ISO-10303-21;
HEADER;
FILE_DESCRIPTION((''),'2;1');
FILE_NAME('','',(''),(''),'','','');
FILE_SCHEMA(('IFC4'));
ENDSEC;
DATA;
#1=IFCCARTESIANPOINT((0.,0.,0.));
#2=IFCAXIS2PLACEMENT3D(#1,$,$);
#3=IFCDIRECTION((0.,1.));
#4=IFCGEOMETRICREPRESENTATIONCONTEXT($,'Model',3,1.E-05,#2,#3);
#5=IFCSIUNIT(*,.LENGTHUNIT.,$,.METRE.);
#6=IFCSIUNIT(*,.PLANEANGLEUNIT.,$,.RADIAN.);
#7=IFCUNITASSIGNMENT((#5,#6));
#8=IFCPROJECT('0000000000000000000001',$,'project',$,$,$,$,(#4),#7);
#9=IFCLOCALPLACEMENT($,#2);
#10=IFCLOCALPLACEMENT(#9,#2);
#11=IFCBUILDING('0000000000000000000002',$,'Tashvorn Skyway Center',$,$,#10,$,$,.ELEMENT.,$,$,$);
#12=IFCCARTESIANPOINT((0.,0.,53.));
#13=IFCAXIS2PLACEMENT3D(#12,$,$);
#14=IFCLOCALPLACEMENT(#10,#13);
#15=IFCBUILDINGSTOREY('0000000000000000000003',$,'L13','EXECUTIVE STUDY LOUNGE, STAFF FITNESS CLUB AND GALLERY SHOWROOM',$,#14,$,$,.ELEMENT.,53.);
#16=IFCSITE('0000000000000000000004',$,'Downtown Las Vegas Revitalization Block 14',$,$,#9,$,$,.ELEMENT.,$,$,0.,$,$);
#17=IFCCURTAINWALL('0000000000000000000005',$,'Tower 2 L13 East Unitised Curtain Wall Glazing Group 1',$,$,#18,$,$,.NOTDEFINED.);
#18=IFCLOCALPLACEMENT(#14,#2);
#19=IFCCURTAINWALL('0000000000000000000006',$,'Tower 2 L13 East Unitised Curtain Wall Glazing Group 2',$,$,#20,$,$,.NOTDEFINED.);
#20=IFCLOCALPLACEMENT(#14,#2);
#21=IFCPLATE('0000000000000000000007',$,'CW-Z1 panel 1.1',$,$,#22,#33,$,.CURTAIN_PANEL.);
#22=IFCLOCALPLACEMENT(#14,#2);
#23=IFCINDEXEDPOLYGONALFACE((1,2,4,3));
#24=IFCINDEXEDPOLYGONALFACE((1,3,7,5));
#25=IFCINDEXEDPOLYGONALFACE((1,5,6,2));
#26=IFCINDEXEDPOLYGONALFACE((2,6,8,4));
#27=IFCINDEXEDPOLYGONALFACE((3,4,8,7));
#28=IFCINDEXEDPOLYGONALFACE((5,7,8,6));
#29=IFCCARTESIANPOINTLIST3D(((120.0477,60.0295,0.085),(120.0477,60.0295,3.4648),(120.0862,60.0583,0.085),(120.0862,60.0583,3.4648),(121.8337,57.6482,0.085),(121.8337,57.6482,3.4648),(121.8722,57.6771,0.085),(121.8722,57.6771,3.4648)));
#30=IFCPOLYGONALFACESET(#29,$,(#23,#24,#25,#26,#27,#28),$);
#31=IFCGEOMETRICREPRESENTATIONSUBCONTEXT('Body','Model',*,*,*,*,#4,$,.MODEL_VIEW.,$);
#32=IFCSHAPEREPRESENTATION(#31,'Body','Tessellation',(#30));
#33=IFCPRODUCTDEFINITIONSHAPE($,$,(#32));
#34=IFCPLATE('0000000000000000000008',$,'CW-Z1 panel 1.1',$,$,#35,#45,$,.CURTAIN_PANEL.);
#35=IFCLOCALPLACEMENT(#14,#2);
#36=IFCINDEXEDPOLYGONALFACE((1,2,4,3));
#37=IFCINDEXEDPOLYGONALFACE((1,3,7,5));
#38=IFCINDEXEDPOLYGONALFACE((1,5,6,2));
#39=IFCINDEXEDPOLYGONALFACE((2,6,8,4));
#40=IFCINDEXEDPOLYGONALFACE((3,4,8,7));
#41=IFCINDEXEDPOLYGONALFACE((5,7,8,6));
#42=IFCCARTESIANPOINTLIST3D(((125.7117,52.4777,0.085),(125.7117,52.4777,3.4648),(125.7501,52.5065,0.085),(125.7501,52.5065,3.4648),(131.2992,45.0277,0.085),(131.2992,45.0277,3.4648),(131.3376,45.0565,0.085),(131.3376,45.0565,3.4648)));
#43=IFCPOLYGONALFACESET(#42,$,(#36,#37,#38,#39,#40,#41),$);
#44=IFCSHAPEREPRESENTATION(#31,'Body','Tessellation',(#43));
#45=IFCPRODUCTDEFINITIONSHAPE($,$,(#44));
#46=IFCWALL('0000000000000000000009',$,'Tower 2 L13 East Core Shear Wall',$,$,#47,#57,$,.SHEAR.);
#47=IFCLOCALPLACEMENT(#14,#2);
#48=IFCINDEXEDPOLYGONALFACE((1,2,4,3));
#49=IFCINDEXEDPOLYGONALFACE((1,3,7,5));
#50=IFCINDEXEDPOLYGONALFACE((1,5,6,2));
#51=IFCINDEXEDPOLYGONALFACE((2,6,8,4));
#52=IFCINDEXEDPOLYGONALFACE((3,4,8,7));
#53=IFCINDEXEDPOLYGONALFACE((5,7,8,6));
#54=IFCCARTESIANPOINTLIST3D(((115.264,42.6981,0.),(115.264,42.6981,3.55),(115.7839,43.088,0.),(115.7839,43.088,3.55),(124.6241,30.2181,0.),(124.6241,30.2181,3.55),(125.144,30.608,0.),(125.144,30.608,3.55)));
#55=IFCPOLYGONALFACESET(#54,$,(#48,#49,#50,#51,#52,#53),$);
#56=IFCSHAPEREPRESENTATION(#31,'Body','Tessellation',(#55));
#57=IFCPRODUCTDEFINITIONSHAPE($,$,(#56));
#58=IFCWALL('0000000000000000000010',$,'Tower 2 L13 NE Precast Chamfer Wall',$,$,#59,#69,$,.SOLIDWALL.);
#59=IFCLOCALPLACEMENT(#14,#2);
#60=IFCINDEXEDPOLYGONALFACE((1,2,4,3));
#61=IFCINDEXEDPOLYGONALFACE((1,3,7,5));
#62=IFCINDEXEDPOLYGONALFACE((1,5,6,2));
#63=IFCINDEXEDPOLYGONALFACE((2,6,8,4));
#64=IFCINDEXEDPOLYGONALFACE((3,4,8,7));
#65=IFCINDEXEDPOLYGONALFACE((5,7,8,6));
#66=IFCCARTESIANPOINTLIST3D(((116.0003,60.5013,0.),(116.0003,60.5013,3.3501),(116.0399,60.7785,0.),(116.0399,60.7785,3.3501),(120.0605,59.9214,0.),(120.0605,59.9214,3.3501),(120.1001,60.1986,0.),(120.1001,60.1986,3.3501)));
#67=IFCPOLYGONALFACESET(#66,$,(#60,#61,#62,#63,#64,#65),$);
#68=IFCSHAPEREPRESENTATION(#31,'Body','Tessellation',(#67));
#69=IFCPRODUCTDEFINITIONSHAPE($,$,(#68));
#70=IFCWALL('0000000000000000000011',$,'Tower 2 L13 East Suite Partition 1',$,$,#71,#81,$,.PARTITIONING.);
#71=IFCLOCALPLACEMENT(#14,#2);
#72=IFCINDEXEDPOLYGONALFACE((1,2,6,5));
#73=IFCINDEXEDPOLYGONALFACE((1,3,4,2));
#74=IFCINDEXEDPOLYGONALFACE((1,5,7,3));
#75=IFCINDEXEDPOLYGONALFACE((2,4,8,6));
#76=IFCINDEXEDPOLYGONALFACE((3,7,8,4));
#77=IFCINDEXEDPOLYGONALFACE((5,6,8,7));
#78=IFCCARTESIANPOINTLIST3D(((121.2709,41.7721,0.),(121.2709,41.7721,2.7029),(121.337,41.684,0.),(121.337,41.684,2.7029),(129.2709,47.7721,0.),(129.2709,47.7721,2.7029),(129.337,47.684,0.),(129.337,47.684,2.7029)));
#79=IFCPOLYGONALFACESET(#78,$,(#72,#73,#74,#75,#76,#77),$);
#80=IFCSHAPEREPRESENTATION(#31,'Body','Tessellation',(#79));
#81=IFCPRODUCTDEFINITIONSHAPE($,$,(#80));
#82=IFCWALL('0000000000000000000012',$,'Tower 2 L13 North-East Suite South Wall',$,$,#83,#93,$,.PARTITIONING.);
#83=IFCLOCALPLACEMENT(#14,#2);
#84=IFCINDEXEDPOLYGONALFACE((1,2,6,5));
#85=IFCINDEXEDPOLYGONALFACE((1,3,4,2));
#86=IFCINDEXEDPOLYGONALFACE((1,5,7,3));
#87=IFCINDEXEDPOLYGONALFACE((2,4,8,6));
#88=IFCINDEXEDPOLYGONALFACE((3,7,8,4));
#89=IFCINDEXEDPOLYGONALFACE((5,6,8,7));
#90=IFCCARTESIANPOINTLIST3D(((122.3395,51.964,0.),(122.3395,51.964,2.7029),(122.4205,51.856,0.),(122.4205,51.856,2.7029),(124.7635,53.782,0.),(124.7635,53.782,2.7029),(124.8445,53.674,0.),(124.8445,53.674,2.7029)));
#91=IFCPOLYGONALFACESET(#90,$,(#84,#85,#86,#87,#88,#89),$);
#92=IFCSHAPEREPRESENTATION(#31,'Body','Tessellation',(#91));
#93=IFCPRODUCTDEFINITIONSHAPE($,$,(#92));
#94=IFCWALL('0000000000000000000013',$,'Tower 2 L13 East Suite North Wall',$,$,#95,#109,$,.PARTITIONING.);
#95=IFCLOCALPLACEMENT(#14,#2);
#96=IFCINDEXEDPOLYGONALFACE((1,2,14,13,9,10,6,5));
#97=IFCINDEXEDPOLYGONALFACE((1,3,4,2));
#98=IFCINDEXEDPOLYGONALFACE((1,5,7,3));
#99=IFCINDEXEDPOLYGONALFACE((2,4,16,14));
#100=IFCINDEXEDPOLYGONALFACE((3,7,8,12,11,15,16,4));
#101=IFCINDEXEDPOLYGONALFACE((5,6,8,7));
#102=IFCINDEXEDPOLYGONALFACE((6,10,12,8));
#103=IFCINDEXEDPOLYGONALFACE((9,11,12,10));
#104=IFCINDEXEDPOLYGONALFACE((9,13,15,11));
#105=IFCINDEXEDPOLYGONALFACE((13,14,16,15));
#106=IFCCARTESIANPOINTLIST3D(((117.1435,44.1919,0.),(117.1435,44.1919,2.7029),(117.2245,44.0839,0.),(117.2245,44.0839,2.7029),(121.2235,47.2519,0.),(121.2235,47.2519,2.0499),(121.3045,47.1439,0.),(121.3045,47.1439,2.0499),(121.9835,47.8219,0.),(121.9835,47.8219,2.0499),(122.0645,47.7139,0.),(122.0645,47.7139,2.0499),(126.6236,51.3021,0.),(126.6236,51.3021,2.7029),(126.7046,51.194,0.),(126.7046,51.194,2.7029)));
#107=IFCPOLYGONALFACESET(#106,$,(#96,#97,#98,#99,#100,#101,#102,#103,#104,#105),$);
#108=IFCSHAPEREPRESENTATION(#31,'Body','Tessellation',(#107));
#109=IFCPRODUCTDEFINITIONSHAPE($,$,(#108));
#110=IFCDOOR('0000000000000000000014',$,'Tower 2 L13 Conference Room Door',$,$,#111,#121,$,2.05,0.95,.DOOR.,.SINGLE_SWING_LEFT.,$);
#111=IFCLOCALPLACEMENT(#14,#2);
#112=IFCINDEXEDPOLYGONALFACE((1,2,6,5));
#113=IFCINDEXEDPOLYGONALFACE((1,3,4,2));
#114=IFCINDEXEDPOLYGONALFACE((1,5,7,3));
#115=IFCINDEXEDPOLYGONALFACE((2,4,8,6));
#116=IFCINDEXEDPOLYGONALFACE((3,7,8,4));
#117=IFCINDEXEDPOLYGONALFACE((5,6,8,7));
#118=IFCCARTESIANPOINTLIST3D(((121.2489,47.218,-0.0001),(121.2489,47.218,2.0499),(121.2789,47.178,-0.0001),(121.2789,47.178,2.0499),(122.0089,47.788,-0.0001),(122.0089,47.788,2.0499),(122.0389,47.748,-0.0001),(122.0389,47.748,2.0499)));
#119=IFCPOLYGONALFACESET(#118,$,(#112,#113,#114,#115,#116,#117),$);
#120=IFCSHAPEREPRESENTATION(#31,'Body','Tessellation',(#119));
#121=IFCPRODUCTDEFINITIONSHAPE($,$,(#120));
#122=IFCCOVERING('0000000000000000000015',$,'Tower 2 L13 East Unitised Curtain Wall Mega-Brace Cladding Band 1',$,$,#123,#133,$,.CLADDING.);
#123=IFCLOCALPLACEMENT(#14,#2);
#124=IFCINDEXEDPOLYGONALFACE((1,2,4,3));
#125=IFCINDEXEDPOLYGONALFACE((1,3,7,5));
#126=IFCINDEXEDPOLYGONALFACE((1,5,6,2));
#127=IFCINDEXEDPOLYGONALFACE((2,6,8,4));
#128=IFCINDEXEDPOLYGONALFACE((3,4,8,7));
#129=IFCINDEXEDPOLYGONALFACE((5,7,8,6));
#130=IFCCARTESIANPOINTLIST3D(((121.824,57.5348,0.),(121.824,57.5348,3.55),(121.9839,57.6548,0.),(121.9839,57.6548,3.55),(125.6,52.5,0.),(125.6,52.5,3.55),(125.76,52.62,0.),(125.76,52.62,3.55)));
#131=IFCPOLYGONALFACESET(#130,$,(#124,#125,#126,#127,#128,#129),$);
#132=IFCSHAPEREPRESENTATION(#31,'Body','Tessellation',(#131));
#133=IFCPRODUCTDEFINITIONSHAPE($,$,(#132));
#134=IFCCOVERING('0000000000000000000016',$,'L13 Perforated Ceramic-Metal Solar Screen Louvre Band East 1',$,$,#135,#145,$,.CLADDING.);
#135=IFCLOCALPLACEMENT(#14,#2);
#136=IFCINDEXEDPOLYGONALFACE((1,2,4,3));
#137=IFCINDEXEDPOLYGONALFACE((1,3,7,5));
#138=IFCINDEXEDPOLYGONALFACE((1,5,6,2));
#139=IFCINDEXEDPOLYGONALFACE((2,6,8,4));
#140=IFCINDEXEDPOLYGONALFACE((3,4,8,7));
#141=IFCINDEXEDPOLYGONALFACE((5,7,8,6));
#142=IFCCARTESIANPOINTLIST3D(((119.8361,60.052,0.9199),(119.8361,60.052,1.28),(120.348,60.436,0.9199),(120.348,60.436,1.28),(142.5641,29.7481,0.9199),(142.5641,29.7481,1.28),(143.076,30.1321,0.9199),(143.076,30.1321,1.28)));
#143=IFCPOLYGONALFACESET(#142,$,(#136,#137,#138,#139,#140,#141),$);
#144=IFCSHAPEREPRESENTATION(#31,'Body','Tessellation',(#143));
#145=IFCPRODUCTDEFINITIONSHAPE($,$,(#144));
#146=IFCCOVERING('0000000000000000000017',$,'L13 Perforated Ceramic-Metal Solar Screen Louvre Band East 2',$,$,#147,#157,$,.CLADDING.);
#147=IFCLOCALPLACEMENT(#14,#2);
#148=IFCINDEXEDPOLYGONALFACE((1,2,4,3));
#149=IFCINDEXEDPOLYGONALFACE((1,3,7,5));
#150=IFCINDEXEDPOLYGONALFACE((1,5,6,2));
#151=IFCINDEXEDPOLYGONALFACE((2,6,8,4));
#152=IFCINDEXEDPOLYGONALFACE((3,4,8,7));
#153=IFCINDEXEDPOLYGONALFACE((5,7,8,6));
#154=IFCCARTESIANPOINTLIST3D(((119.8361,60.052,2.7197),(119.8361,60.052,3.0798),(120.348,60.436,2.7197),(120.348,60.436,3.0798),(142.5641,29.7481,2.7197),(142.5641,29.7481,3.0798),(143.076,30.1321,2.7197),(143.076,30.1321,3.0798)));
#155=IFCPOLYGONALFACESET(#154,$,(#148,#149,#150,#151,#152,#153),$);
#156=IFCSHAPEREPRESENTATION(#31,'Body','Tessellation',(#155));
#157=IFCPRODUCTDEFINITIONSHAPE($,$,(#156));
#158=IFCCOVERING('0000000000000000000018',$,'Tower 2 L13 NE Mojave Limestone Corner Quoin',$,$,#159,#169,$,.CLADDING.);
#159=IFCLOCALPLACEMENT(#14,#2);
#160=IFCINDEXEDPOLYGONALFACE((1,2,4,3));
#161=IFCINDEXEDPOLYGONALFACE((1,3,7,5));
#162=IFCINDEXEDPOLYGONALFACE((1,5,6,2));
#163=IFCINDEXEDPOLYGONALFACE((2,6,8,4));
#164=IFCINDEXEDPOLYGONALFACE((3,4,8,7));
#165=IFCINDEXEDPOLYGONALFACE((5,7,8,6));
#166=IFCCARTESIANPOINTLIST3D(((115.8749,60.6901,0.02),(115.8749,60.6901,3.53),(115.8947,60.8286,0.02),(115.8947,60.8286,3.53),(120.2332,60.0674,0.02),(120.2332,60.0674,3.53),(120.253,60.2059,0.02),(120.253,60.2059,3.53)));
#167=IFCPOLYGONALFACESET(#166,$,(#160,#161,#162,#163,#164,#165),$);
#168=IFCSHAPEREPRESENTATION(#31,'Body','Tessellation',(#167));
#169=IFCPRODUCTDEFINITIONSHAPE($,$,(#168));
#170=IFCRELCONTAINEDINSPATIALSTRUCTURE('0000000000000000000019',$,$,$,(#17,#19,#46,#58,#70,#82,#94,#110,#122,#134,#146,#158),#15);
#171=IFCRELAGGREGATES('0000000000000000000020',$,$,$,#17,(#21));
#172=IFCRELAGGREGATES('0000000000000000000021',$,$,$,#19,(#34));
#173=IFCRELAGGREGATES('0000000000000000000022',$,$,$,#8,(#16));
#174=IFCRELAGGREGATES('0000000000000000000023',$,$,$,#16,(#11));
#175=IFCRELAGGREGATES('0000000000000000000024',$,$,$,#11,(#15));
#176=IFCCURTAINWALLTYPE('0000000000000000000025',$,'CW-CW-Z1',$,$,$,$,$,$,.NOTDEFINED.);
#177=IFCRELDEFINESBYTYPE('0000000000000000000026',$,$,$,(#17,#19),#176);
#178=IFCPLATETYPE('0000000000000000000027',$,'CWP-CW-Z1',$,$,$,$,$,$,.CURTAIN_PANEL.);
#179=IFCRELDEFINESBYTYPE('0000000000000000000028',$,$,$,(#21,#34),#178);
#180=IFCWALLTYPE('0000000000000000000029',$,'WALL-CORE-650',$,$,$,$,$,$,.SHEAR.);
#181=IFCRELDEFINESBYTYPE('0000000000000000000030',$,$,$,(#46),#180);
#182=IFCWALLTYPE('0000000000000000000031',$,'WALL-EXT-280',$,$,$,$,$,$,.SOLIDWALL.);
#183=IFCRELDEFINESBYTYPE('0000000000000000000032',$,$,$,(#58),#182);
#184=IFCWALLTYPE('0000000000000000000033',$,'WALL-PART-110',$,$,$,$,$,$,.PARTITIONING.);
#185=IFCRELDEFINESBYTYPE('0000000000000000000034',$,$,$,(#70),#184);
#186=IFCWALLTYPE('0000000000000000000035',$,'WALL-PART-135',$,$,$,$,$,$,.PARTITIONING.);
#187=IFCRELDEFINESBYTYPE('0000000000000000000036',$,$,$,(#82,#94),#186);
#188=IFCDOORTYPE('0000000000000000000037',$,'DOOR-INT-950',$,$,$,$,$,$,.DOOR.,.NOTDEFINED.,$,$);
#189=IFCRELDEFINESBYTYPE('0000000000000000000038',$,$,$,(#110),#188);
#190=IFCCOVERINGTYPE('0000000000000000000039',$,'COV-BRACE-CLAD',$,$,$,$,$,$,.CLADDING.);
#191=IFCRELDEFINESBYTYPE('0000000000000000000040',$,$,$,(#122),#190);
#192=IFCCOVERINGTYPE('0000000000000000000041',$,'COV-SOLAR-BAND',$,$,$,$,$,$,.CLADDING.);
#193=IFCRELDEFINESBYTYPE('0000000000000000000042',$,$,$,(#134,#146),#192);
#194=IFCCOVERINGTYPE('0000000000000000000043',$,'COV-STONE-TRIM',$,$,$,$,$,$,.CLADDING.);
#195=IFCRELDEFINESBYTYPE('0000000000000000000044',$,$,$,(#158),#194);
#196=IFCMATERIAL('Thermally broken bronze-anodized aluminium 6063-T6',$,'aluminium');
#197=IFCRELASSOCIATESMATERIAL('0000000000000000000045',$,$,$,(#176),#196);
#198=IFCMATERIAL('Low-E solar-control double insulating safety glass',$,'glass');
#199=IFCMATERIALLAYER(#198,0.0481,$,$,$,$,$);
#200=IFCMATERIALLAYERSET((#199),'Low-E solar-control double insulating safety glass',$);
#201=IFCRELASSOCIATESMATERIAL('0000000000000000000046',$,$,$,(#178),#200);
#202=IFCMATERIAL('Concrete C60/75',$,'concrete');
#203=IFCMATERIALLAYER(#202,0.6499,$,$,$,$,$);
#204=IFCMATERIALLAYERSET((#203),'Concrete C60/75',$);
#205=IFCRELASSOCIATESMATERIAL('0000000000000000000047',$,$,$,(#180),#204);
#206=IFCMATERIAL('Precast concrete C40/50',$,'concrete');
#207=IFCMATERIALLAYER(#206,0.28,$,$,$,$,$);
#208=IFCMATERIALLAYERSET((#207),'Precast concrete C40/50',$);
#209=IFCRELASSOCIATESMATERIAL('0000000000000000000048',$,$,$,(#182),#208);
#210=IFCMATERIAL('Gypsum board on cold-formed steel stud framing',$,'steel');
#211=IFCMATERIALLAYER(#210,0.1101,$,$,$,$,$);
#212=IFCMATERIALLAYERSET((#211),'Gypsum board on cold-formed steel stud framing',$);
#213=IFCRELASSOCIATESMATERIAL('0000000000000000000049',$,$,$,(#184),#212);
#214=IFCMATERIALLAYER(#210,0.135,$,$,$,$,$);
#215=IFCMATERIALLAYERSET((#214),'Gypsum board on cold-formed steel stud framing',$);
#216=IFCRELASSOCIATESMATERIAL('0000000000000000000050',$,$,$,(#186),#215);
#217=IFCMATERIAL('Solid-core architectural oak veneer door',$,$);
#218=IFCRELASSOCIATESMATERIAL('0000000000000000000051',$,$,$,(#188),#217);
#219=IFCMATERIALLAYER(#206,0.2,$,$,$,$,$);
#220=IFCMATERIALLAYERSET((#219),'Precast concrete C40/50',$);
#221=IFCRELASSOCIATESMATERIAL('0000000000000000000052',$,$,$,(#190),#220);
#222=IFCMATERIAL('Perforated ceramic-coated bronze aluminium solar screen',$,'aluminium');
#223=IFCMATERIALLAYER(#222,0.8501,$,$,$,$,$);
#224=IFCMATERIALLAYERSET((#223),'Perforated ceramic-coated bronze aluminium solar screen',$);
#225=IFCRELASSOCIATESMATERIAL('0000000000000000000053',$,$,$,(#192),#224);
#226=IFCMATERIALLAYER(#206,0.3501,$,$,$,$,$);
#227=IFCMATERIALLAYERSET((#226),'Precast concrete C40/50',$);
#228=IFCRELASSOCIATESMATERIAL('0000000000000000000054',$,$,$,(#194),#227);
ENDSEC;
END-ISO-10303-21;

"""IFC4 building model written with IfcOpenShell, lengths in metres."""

from ifc_helpers import new_model, si_unit, direction, frame, frame_2d, origin, origin_2d, place, context, subcontext, project, spatial, rectangle, extrude, material, layer, layer_set, type_object, element, fill, aggregate, save


model = new_model("IFC4")

# Units and contexts
model_context = context("Model", 3, precision=1e-05, world=origin(), true_north=direction((0.0, 1.0)))
body_context = subcontext(model_context, "Body", "Model", "MODEL_VIEW")
ifc_project = project(units=[si_unit("LENGTHUNIT", "METRE"), si_unit("PLANEANGLEUNIT", "RADIAN")], contexts=[model_context])

# Site, building, storey
site_placement = place(None, origin())
site = spatial("IfcSite", under=ifc_project, at=site_placement, Name="Downtown Las Vegas Revitalization Block 14", CompositionType="ELEMENT", RefElevation=0.0)
building_placement = place(site_placement, origin())
building = spatial("IfcBuilding", under=site, at=building_placement, Name="Tashvorn Skyway Center", CompositionType="ELEMENT")
storey_placement = place(building_placement, frame((0.0, 0.0, 53.0)))
storey = spatial("IfcBuildingStorey", under=building, at=storey_placement, Name="L13", Description="EXECUTIVE STUDY LOUNGE, STAFF FITNESS CLUB AND GALLERY SHOWROOM", CompositionType="ELEMENT", Elevation=53.0)

# Shared definitions
ifc_material_1 = material(Name="Thermally broken bronze-anodized aluminium 6063-T6", Category="aluminium")
curtain_wall_type = type_object("IfcCurtainWallType", Name="CW-CW-Z1", PredefinedType="NOTDEFINED", material=ifc_material_1)

# Curtain walls
curtain_wall_1_placement = place(storey_placement, origin())
curtain_wall_1 = element("IfcCurtainWall", 1, at=curtain_wall_1_placement, inside=storey, type_object=curtain_wall_type, Name="Tower 2 L13 East Unitised Curtain Wall Glazing Group 1", PredefinedType="NOTDEFINED")
curtain_wall_2_placement = place(storey_placement, origin())
curtain_wall_2 = element("IfcCurtainWall", 2, at=curtain_wall_2_placement, inside=storey, type_object=curtain_wall_type, Name="Tower 2 L13 East Unitised Curtain Wall Glazing Group 2", PredefinedType="NOTDEFINED")

# Plates
ifc_material_2 = material(Name="Low-E solar-control double insulating safety glass", Category="glass")
ifc_layer_1 = layer(ifc_material_2, 0.0481)
ifc_layer_set_1 = layer_set([ifc_layer_1], Name="Low-E solar-control double insulating safety glass")
plate_type = type_object("IfcPlateType", Name="CWP-CW-Z1", PredefinedType="CURTAIN_PANEL", material=ifc_layer_set_1)
plate_1_placement = place(storey_placement, frame((120.96, 58.8533, 0.085), z_axis=(0.0, 0.0, 1.0), x_axis=(0.600005, -0.799996, 0.0)))
plate_1 = element("IfcPlate", 3, at=plate_1_placement, type_object=plate_type, Name="CW-Z1 panel 1.1", PredefinedType="CURTAIN_PANEL", context=body_context, shape_type="SweptSolid", body=[
    extrude(rectangle(XDim=2.9766, YDim=0.0481, at=origin_2d()), origin(), (0.0, 0.0, 1.0), 3.3799),
])
aggregate(curtain_wall_1, [plate_1])
plate_2_placement = place(storey_placement, frame((128.5247, 48.7671, 0.085), z_axis=(0.0, 0.0, 1.0), x_axis=(0.6, -0.8, 0.0)))
plate_2 = element("IfcPlate", 4, at=plate_2_placement, type_object=plate_type, Name="CW-Z1 panel 1.1", PredefinedType="CURTAIN_PANEL", context=body_context, shape_type="SweptSolid", body=[
    extrude(rectangle(XDim=9.3125, YDim=0.0481, at=origin_2d()), origin(), (0.0, 0.0, 1.0), 3.3799),
])
aggregate(curtain_wall_2, [plate_2])

# Walls
ifc_material_3 = material(Name="Concrete C60/75", Category="concrete")
ifc_layer_2 = layer(ifc_material_3, 0.6499)
ifc_layer_set_2 = layer_set([ifc_layer_2], Name="Concrete C60/75")
wall_type_1 = type_object("IfcWallType", Name="WALL-CORE-650", PredefinedType="SHEAR", material=ifc_layer_set_2)
wall_1_placement = place(storey_placement, frame((115.5239, 42.8931, 0.0), z_axis=(0.0, 0.0, 1.0), x_axis=(0.600005, -0.799996, 0.0)))
element("IfcWall", 5, at=wall_1_placement, inside=storey, type_object=wall_type_1, Name="Tower 2 L13 East Core Shear Wall", PredefinedType="SHEAR", context=body_context, shape_type="SweptSolid", body=[
    extrude(rectangle(XDim=15.6001, YDim=0.6499, at=frame_2d((7.8, 0.0))), origin(), (0.0, 0.0, 1.0), 3.55),
])
ifc_material_4 = material(Name="Precast concrete C40/50", Category="concrete")
ifc_layer_3 = layer(ifc_material_4, 0.28)
ifc_layer_set_3 = layer_set([ifc_layer_3], Name="Precast concrete C40/50")
wall_type_2 = type_object("IfcWallType", Name="WALL-EXT-280", PredefinedType="SOLIDWALL", material=ifc_layer_set_3)
wall_2_placement = place(storey_placement, frame((116.02, 60.6399, 0.0), z_axis=(0.0, 0.0, 1.0), x_axis=(0.989955, -0.14138, 0.0)))
element("IfcWall", 6, at=wall_2_placement, inside=storey, type_object=wall_type_2, Name="Tower 2 L13 NE Precast Chamfer Wall", PredefinedType="SOLIDWALL", context=body_context, shape_type="SweptSolid", body=[
    extrude(rectangle(XDim=4.1013, YDim=0.28, at=frame_2d((2.0508, 0.0))), origin(), (0.0, 0.0, 1.0), 3.3501),
])
ifc_material_5 = material(Name="Gypsum board on cold-formed steel stud framing", Category="steel")
ifc_layer_4 = layer(ifc_material_5, 0.1101)
ifc_layer_set_4 = layer_set([ifc_layer_4], Name="Gypsum board on cold-formed steel stud framing")
wall_type_3 = type_object("IfcWallType", Name="WALL-PART-110", PredefinedType="PARTITIONING", material=ifc_layer_set_4)
wall_3_placement = place(storey_placement, frame((129.304, 47.728, 0.0), z_axis=(0.0, 0.0, 1.0), x_axis=(-0.8, -0.6, 0.0)))
element("IfcWall", 7, at=wall_3_placement, inside=storey, type_object=wall_type_3, Name="Tower 2 L13 East Suite Partition 1", PredefinedType="PARTITIONING", context=body_context, shape_type="SweptSolid", body=[
    extrude(rectangle(XDim=10.0, YDim=0.1101, at=frame_2d((5.0, 0.0))), origin(), (0.0, 0.0, 1.0), 2.7029),
])
ifc_layer_5 = layer(ifc_material_5, 0.135)
ifc_layer_set_5 = layer_set([ifc_layer_5], Name="Gypsum board on cold-formed steel stud framing")
wall_type_4 = type_object("IfcWallType", Name="WALL-PART-135", PredefinedType="PARTITIONING", material=ifc_layer_set_5)
wall_4_placement = place(storey_placement, frame((122.3799, 51.9099, 0.0), z_axis=(0.0, 0.0, 1.0), x_axis=(0.79999, 0.600013, 0.0)))
element("IfcWall", 8, at=wall_4_placement, inside=storey, type_object=wall_type_4, Name="Tower 2 L13 North-East Suite South Wall", PredefinedType="PARTITIONING", context=body_context, shape_type="SweptSolid", body=[
    extrude(rectangle(XDim=3.03, YDim=0.135, at=frame_2d((1.5151, 0.0))), origin(), (0.0, 0.0, 1.0), 2.7029),
])

# Wall, opening, door
wall_5_placement = place(storey_placement, frame((126.6641, 51.248, 0.0), z_axis=(0.0, 0.0, 1.0), x_axis=(-0.799995, -0.600007, 0.0)))
wall_5 = element("IfcWall", 9, at=wall_5_placement, inside=storey, type_object=wall_type_4, Name="Tower 2 L13 East Suite North Wall", PredefinedType="PARTITIONING", context=body_context, shape_type="SweptSolid", body=[
    extrude(rectangle(XDim=11.8501, YDim=0.135, at=frame_2d((5.925, 0.0))), origin(), (0.0, 0.0, 1.0), 2.7029),
])
opening_placement = place(wall_5_placement, frame((5.8, 0.0, 0.0)))
opening = element("IfcOpeningElement", 10, at=opening_placement, cuts=wall_5, PredefinedType="OPENING", context=body_context, shape_type="SweptSolid", body=[
    extrude(rectangle(XDim=0.95, YDim=2.05, at=frame_2d((0.4751, 1.0249))), frame((0.0, 0.0774, 0.0), z_axis=(0.0, -1.0, 0.0), x_axis=(1.0, 0.0, 0.0)), (0.0, 0.0, 1.0), 0.155),
])
ifc_material_6 = material(Name="Solid-core architectural oak veneer door")
door_type = type_object("IfcDoorType", Name="DOOR-INT-950", OperationType="NOTDEFINED", PredefinedType="DOOR", material=ifc_material_6)
door_placement = place(opening_placement, origin())
door = element("IfcDoor", 11, at=door_placement, inside=storey, type_object=door_type, Name="Tower 2 L13 Conference Room Door", OperationType="SINGLE_SWING_LEFT", OverallHeight=2.05, OverallWidth=0.95, PredefinedType="DOOR", context=body_context, shape_type="SweptSolid", body=[
    extrude(rectangle(XDim=0.95, YDim=2.05, at=frame_2d((0.4751, 1.0249))), frame((0.0, 0.0249, 0.0), z_axis=(0.0, -1.0, 0.0), x_axis=(1.0, 0.0, 0.0)), (0.0, 0.0, 1.0), 0.05),
])
fill(opening, door)

# Coverings
ifc_layer_6 = layer(ifc_material_4, 0.2)
ifc_layer_set_6 = layer_set([ifc_layer_6], Name="Precast concrete C40/50")
covering_type_1 = type_object("IfcCoveringType", Name="COV-BRACE-CLAD", PredefinedType="CLADDING", material=ifc_layer_set_6)
covering_1_placement = place(storey_placement, frame((123.792, 55.0774, 0.0), z_axis=(0.0, 0.0, 1.0), x_axis=(0.6, -0.8, 0.0)))
element("IfcCovering", 12, at=covering_1_placement, inside=storey, type_object=covering_type_1, Name="Tower 2 L13 East Unitised Curtain Wall Mega-Brace Cladding Band 1", PredefinedType="CLADDING", context=body_context, shape_type="SweptSolid", body=[
    extrude(rectangle(XDim=6.2935, YDim=0.2, at=origin_2d()), origin(), (0.0, 0.0, 1.0), 3.55),
])
ifc_material_7 = material(Name="Perforated ceramic-coated bronze aluminium solar screen", Category="aluminium")
ifc_layer_7 = layer(ifc_material_7, 0.8501)
ifc_layer_set_7 = layer_set([ifc_layer_7], Name="Perforated ceramic-coated bronze aluminium solar screen")
covering_type_2 = type_object("IfcCoveringType", Name="COV-SOLAR-BAND", PredefinedType="CLADDING", material=ifc_layer_set_7)
for number, where, z_axis, x_axis, name in (
    (13, (131.4561, 45.092, 0.9199), (0.0, 0.0, 1.0), (0.6, -0.8, 0.0), "L13 Perforated Ceramic-Metal Solar Screen Louvre Band East 1"),
    (14, (131.4561, 45.092, 2.7197), (0.0, 0.0, 1.0), (0.6, -0.8, 0.0), "L13 Perforated Ceramic-Metal Solar Screen Louvre Band East 2"),
):
    element("IfcCovering", number, at=place(storey_placement, frame(where, z_axis=z_axis, x_axis=x_axis)), inside=storey, type_object=covering_type_2, Name=name, PredefinedType="CLADDING", context=body_context, shape_type="SweptSolid", body=[
        extrude(rectangle(XDim=37.8799, YDim=0.6399, at=origin_2d()), origin(), (0.0, 0.0, 1.0), 0.3601),
    ])
ifc_layer_8 = layer(ifc_material_4, 0.3501)
ifc_layer_set_8 = layer_set([ifc_layer_8], Name="Precast concrete C40/50")
covering_type_3 = type_object("IfcCoveringType", Name="COV-STONE-TRIM", PredefinedType="CLADDING", material=ifc_layer_set_8)
covering_2_placement = place(storey_placement, frame((118.064, 60.448, 0.02), z_axis=(0.0, 0.0, 1.0), x_axis=(0.989949, -0.141421, 0.0)))
element("IfcCovering", 15, at=covering_2_placement, inside=storey, type_object=covering_type_3, Name="Tower 2 L13 NE Mojave Limestone Corner Quoin", PredefinedType="CLADDING", context=body_context, shape_type="SweptSolid", body=[
    extrude(rectangle(XDim=4.4026, YDim=0.1399, at=origin_2d()), origin(), (0.0, 0.0, 1.0), 3.51),
])

save(model, "model.ifc")
